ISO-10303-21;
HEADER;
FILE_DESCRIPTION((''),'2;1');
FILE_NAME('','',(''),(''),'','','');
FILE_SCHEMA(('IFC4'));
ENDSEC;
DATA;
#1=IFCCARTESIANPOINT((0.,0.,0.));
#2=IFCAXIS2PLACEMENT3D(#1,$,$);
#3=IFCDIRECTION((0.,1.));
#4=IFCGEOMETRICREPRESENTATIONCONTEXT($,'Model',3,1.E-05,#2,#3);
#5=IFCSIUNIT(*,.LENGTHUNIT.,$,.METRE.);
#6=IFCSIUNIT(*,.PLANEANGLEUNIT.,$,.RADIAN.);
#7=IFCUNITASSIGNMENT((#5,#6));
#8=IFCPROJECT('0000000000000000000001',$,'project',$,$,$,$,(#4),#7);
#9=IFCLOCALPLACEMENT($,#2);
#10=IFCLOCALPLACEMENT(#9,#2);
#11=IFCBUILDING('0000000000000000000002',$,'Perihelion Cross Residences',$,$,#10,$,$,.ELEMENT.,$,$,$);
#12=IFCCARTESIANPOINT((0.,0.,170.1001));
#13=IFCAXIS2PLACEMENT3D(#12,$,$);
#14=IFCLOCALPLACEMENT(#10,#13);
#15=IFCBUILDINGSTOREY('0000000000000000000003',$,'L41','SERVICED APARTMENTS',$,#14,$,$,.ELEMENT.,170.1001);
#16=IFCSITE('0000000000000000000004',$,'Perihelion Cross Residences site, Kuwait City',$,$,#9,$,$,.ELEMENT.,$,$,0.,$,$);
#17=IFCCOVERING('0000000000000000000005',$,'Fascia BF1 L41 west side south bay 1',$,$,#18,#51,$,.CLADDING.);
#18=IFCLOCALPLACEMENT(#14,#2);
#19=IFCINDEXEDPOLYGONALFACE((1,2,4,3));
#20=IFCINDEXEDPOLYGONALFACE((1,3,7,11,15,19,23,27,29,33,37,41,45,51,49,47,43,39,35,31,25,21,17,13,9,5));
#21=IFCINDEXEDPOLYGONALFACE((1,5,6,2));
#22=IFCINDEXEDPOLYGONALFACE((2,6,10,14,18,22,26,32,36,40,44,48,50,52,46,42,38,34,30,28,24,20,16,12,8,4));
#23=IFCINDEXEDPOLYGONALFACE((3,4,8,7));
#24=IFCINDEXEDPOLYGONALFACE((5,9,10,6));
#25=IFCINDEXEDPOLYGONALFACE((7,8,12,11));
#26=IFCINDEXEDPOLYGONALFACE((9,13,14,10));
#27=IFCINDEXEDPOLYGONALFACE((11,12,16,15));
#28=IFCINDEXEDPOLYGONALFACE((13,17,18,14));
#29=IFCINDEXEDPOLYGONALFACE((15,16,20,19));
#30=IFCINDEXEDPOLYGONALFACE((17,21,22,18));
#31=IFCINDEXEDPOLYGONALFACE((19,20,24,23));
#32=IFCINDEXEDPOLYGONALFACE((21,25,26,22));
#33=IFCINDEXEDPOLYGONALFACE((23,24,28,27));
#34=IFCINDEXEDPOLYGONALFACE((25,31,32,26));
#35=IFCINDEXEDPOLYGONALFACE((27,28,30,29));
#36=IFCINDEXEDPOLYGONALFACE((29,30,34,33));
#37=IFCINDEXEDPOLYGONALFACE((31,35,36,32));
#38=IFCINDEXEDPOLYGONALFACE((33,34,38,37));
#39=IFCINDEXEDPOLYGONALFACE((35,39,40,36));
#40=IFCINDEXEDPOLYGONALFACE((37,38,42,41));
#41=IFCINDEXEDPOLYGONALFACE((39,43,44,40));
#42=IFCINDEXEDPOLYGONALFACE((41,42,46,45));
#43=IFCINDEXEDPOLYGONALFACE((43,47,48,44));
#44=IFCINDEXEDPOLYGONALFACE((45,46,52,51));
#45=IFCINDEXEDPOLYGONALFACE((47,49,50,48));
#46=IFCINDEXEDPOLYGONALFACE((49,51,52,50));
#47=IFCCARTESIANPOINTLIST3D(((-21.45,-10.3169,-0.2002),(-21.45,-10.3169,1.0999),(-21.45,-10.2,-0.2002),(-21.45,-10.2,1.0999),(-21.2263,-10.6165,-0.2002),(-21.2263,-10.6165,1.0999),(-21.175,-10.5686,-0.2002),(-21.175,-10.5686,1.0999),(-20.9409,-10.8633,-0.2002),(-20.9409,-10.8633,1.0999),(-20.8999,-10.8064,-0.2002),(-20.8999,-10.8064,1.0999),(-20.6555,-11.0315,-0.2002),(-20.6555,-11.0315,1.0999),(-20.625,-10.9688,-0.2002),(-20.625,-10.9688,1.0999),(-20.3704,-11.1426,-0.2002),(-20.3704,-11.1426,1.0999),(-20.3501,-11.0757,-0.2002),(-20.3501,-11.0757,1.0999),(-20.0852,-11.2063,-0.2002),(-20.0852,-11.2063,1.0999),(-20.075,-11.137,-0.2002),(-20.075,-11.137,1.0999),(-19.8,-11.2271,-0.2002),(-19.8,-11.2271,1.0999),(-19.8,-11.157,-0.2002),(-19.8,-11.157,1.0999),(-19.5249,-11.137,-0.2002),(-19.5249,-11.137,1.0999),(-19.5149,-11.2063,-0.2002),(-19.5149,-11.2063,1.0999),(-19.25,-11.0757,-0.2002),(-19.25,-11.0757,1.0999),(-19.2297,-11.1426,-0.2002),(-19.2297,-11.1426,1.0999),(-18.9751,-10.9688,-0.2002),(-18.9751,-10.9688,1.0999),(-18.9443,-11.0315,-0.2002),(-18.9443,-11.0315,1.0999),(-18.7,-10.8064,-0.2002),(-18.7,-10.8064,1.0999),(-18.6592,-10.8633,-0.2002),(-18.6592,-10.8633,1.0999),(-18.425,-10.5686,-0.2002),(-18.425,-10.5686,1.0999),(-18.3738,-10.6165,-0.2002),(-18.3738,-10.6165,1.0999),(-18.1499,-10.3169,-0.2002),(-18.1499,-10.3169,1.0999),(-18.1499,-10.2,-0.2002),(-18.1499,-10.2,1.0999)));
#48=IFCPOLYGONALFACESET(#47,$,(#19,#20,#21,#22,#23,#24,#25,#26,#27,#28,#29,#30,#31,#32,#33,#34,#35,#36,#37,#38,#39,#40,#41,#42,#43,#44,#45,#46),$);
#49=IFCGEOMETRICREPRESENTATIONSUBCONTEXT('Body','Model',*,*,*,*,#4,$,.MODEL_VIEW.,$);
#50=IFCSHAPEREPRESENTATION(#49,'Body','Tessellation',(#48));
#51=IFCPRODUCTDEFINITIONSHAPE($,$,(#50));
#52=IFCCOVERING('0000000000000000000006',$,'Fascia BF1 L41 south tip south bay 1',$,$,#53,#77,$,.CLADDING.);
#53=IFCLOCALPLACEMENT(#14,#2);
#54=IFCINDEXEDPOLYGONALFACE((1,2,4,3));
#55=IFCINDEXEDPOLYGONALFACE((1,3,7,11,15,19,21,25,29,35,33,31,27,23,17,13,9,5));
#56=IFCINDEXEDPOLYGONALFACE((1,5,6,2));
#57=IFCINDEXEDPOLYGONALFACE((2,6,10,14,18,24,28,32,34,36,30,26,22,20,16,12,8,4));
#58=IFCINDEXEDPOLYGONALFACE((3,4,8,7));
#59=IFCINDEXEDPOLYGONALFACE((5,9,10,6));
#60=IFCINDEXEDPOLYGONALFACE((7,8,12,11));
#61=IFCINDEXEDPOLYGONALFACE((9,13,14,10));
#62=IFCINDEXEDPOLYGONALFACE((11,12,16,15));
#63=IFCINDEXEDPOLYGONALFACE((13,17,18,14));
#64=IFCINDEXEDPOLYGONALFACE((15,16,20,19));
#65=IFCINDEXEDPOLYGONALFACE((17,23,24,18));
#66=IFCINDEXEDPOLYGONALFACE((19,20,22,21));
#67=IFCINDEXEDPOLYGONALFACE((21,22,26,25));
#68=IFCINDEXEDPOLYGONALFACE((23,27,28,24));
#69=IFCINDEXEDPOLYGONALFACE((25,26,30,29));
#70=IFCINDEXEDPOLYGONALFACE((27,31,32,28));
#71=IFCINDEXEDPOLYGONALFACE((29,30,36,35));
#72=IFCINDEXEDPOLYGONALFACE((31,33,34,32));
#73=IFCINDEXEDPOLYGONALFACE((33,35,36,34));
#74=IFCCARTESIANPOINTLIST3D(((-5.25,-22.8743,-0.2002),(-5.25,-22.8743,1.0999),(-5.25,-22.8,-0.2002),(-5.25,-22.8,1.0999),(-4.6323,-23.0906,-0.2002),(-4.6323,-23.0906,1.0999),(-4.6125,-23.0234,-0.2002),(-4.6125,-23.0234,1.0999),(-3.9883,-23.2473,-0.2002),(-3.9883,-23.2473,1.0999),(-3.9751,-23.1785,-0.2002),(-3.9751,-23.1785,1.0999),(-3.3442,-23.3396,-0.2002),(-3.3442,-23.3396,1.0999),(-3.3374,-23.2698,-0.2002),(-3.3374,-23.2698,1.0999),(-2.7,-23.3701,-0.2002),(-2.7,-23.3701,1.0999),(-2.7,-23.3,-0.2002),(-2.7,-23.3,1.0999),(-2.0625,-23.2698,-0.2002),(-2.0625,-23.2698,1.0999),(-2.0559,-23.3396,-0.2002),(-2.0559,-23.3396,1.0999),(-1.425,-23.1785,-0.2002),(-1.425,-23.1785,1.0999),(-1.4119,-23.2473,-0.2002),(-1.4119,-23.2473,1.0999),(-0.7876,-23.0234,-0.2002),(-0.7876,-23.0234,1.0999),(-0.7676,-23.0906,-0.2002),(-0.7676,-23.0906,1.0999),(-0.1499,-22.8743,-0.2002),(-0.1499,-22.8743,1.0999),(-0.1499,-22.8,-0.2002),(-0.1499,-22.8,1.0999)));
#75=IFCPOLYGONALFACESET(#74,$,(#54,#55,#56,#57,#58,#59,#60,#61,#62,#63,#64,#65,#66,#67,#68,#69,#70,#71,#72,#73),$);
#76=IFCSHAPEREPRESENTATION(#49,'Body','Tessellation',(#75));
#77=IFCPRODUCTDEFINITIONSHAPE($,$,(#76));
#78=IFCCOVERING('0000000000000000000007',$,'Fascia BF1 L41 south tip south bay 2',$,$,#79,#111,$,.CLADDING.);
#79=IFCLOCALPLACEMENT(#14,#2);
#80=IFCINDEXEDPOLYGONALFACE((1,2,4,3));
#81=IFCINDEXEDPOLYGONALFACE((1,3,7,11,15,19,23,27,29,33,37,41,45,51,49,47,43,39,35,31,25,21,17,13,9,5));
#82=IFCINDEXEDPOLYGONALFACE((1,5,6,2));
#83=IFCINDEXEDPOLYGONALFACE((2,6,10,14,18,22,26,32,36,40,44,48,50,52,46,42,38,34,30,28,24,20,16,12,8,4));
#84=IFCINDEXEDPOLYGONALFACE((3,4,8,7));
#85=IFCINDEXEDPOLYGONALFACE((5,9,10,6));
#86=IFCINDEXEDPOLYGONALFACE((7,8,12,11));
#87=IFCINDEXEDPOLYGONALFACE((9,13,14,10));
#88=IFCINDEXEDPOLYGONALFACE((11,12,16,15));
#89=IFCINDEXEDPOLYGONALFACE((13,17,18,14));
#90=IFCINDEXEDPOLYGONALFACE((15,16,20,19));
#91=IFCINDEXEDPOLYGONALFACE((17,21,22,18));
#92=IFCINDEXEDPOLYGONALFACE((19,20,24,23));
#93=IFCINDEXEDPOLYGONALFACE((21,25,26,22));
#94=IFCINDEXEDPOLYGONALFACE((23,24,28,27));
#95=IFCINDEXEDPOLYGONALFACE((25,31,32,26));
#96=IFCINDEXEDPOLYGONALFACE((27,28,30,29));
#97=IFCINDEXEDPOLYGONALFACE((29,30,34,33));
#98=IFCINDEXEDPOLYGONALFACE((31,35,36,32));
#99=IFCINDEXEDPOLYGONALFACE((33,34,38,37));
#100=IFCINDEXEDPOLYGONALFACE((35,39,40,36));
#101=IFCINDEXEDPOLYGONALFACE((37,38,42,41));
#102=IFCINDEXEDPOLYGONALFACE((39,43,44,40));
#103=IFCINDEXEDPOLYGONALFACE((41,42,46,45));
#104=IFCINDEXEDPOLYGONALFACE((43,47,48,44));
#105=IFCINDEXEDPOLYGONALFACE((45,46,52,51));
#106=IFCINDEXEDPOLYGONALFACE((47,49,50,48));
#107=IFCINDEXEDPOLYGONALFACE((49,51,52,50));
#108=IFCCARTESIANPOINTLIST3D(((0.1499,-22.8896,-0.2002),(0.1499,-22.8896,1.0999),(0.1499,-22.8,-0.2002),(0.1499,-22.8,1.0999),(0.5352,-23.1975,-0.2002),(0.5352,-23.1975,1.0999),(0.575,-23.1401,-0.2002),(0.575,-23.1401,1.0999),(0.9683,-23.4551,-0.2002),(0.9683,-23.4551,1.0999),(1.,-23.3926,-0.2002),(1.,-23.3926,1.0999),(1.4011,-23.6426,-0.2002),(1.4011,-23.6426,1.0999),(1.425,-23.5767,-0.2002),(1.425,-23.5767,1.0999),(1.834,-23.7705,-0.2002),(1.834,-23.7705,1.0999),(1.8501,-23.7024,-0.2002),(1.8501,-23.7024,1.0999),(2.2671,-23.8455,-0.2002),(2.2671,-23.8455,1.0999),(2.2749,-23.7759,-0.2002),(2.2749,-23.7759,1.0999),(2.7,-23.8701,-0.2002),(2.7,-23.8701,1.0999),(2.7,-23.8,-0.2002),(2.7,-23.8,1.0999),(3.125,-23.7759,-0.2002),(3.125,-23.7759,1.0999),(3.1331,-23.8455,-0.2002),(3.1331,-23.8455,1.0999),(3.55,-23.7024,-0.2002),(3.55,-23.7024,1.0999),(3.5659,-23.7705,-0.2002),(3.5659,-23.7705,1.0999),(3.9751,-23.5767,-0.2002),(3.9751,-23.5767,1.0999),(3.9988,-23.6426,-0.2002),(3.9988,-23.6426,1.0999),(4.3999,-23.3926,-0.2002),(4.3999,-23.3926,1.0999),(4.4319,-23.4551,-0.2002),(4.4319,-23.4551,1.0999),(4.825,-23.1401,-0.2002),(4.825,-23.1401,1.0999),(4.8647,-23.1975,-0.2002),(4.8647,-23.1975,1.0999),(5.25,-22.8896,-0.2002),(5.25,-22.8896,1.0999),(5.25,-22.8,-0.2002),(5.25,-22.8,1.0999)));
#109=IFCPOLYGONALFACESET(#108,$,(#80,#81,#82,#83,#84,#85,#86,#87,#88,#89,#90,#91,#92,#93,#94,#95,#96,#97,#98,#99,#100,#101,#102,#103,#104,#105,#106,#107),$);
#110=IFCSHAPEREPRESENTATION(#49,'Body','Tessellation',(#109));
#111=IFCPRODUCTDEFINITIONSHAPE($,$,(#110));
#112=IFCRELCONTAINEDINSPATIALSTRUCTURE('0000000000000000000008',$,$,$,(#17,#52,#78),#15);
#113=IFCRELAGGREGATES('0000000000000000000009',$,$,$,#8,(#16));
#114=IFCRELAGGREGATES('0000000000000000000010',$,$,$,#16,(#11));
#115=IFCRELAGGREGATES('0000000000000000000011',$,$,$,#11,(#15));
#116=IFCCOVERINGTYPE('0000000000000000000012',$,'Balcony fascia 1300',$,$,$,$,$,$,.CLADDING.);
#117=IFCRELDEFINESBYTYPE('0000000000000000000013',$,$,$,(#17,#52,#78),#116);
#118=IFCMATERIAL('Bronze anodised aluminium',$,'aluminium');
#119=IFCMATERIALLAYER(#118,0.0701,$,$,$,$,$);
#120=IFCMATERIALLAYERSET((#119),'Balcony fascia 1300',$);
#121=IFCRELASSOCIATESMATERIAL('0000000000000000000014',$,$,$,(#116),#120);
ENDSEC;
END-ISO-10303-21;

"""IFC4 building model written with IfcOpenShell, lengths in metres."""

from ifc_helpers import new_model, si_unit, direction, frame, origin, place, context, subcontext, project, spatial, polyline, outline, extrude, material, layer, layer_set, type_object, element, save


model = new_model("IFC4")

# Units and contexts
model_context = context("Model", 3, precision=1e-05, world=origin(), true_north=direction((0.0, 1.0)))
body_context = subcontext(model_context, "Body", "Model", "MODEL_VIEW")
ifc_project = project(units=[si_unit("LENGTHUNIT", "METRE"), si_unit("PLANEANGLEUNIT", "RADIAN")], contexts=[model_context])

# Site, building, storey
site_placement = place(None, origin())
site = spatial("IfcSite", under=ifc_project, at=site_placement, Name="Perihelion Cross Residences site, Kuwait City", CompositionType="ELEMENT", RefElevation=0.0)
building_placement = place(site_placement, origin())
building = spatial("IfcBuilding", under=site, at=building_placement, Name="Perihelion Cross Residences", CompositionType="ELEMENT")
storey_placement = place(building_placement, frame((0.0, 0.0, 170.1001)))
storey = spatial("IfcBuildingStorey", under=building, at=storey_placement, Name="L41", Description="SERVICED APARTMENTS", CompositionType="ELEMENT", Elevation=170.1001)

# Coverings
ifc_material_1 = material(Name="Bronze anodised aluminium", Category="aluminium")
ifc_layer_1 = layer(ifc_material_1, 0.0701)
ifc_layer_set_1 = layer_set([ifc_layer_1], Name="Balcony fascia 1300")
covering_type = type_object("IfcCoveringType", Name="Balcony fascia 1300", PredefinedType="CLADDING", material=ifc_layer_set_1)
covering_1_placement = place(storey_placement, frame((0.0, 0.0, -0.2002)))
element("IfcCovering", 1, at=covering_1_placement, inside=storey, type_object=covering_type, Name="Fascia BF1 L41 west side south bay 1", PredefinedType="CLADDING", context=body_context, shape_type="SweptSolid", body=[
    extrude(outline(polyline([(-21.2263, -10.6165), (-20.9409, -10.8633), (-20.6555, -11.0315), (-20.3704, -11.1426), (-20.0852, -11.2063), (-19.8, -11.2271), (-19.5149, -11.2063), (-19.2297, -11.1426), (-18.9443, -11.0315), (-18.6592, -10.8633), (-18.3738, -10.6165), (-18.1499, -10.3169), (-18.1499, -10.2), (-18.425, -10.5686), (-18.7, -10.8064), (-18.9751, -10.9688), (-19.25, -11.0757), (-19.5249, -11.137), (-19.8, -11.157), (-20.075, -11.137), (-20.3501, -11.0757), (-20.625, -10.9688), (-20.8999, -10.8064), (-21.175, -10.5686), (-21.45, -10.2), (-21.45, -10.3169), (-21.2263, -10.6165)])), origin(), (0.0, 0.0, 1.0), 1.3),
])
covering_2_placement = place(storey_placement, frame((0.0, 0.0, -0.2002)))
element("IfcCovering", 2, at=covering_2_placement, inside=storey, type_object=covering_type, Name="Fascia BF1 L41 south tip south bay 1", PredefinedType="CLADDING", context=body_context, shape_type="SweptSolid", body=[
    extrude(outline(polyline([(-4.6323, -23.0906), (-3.9883, -23.2473), (-3.3442, -23.3396), (-2.7, -23.3701), (-2.0559, -23.3396), (-1.4119, -23.2473), (-0.7676, -23.0906), (-0.1499, -22.8743), (-0.1499, -22.8), (-0.7876, -23.0234), (-1.425, -23.1785), (-2.0625, -23.2698), (-2.7, -23.3), (-3.3374, -23.2698), (-3.9751, -23.1785), (-4.6125, -23.0234), (-5.25, -22.8), (-5.25, -22.8743), (-4.6323, -23.0906)])), origin(), (0.0, 0.0, 1.0), 1.3),
])
covering_3_placement = place(storey_placement, frame((0.0, 0.0, -0.2002)))
element("IfcCovering", 3, at=covering_3_placement, inside=storey, type_object=covering_type, Name="Fascia BF1 L41 south tip south bay 2", PredefinedType="CLADDING", context=body_context, shape_type="SweptSolid", body=[
    extrude(outline(polyline([(0.5352, -23.1975), (0.9683, -23.4551), (1.4011, -23.6426), (1.834, -23.7705), (2.2671, -23.8455), (2.7, -23.8701), (3.1331, -23.8455), (3.5659, -23.7705), (3.9988, -23.6426), (4.4319, -23.4551), (4.8647, -23.1975), (5.25, -22.8896), (5.25, -22.8), (4.825, -23.1401), (4.3999, -23.3926), (3.9751, -23.5767), (3.55, -23.7024), (3.125, -23.7759), (2.7, -23.8), (2.2749, -23.7759), (1.8501, -23.7024), (1.425, -23.5767), (1.0, -23.3926), (0.575, -23.1401), (0.1499, -22.8), (0.1499, -22.8896), (0.5352, -23.1975)])), origin(), (0.0, 0.0, 1.0), 1.3),
])

save(model, "model.ifc")
